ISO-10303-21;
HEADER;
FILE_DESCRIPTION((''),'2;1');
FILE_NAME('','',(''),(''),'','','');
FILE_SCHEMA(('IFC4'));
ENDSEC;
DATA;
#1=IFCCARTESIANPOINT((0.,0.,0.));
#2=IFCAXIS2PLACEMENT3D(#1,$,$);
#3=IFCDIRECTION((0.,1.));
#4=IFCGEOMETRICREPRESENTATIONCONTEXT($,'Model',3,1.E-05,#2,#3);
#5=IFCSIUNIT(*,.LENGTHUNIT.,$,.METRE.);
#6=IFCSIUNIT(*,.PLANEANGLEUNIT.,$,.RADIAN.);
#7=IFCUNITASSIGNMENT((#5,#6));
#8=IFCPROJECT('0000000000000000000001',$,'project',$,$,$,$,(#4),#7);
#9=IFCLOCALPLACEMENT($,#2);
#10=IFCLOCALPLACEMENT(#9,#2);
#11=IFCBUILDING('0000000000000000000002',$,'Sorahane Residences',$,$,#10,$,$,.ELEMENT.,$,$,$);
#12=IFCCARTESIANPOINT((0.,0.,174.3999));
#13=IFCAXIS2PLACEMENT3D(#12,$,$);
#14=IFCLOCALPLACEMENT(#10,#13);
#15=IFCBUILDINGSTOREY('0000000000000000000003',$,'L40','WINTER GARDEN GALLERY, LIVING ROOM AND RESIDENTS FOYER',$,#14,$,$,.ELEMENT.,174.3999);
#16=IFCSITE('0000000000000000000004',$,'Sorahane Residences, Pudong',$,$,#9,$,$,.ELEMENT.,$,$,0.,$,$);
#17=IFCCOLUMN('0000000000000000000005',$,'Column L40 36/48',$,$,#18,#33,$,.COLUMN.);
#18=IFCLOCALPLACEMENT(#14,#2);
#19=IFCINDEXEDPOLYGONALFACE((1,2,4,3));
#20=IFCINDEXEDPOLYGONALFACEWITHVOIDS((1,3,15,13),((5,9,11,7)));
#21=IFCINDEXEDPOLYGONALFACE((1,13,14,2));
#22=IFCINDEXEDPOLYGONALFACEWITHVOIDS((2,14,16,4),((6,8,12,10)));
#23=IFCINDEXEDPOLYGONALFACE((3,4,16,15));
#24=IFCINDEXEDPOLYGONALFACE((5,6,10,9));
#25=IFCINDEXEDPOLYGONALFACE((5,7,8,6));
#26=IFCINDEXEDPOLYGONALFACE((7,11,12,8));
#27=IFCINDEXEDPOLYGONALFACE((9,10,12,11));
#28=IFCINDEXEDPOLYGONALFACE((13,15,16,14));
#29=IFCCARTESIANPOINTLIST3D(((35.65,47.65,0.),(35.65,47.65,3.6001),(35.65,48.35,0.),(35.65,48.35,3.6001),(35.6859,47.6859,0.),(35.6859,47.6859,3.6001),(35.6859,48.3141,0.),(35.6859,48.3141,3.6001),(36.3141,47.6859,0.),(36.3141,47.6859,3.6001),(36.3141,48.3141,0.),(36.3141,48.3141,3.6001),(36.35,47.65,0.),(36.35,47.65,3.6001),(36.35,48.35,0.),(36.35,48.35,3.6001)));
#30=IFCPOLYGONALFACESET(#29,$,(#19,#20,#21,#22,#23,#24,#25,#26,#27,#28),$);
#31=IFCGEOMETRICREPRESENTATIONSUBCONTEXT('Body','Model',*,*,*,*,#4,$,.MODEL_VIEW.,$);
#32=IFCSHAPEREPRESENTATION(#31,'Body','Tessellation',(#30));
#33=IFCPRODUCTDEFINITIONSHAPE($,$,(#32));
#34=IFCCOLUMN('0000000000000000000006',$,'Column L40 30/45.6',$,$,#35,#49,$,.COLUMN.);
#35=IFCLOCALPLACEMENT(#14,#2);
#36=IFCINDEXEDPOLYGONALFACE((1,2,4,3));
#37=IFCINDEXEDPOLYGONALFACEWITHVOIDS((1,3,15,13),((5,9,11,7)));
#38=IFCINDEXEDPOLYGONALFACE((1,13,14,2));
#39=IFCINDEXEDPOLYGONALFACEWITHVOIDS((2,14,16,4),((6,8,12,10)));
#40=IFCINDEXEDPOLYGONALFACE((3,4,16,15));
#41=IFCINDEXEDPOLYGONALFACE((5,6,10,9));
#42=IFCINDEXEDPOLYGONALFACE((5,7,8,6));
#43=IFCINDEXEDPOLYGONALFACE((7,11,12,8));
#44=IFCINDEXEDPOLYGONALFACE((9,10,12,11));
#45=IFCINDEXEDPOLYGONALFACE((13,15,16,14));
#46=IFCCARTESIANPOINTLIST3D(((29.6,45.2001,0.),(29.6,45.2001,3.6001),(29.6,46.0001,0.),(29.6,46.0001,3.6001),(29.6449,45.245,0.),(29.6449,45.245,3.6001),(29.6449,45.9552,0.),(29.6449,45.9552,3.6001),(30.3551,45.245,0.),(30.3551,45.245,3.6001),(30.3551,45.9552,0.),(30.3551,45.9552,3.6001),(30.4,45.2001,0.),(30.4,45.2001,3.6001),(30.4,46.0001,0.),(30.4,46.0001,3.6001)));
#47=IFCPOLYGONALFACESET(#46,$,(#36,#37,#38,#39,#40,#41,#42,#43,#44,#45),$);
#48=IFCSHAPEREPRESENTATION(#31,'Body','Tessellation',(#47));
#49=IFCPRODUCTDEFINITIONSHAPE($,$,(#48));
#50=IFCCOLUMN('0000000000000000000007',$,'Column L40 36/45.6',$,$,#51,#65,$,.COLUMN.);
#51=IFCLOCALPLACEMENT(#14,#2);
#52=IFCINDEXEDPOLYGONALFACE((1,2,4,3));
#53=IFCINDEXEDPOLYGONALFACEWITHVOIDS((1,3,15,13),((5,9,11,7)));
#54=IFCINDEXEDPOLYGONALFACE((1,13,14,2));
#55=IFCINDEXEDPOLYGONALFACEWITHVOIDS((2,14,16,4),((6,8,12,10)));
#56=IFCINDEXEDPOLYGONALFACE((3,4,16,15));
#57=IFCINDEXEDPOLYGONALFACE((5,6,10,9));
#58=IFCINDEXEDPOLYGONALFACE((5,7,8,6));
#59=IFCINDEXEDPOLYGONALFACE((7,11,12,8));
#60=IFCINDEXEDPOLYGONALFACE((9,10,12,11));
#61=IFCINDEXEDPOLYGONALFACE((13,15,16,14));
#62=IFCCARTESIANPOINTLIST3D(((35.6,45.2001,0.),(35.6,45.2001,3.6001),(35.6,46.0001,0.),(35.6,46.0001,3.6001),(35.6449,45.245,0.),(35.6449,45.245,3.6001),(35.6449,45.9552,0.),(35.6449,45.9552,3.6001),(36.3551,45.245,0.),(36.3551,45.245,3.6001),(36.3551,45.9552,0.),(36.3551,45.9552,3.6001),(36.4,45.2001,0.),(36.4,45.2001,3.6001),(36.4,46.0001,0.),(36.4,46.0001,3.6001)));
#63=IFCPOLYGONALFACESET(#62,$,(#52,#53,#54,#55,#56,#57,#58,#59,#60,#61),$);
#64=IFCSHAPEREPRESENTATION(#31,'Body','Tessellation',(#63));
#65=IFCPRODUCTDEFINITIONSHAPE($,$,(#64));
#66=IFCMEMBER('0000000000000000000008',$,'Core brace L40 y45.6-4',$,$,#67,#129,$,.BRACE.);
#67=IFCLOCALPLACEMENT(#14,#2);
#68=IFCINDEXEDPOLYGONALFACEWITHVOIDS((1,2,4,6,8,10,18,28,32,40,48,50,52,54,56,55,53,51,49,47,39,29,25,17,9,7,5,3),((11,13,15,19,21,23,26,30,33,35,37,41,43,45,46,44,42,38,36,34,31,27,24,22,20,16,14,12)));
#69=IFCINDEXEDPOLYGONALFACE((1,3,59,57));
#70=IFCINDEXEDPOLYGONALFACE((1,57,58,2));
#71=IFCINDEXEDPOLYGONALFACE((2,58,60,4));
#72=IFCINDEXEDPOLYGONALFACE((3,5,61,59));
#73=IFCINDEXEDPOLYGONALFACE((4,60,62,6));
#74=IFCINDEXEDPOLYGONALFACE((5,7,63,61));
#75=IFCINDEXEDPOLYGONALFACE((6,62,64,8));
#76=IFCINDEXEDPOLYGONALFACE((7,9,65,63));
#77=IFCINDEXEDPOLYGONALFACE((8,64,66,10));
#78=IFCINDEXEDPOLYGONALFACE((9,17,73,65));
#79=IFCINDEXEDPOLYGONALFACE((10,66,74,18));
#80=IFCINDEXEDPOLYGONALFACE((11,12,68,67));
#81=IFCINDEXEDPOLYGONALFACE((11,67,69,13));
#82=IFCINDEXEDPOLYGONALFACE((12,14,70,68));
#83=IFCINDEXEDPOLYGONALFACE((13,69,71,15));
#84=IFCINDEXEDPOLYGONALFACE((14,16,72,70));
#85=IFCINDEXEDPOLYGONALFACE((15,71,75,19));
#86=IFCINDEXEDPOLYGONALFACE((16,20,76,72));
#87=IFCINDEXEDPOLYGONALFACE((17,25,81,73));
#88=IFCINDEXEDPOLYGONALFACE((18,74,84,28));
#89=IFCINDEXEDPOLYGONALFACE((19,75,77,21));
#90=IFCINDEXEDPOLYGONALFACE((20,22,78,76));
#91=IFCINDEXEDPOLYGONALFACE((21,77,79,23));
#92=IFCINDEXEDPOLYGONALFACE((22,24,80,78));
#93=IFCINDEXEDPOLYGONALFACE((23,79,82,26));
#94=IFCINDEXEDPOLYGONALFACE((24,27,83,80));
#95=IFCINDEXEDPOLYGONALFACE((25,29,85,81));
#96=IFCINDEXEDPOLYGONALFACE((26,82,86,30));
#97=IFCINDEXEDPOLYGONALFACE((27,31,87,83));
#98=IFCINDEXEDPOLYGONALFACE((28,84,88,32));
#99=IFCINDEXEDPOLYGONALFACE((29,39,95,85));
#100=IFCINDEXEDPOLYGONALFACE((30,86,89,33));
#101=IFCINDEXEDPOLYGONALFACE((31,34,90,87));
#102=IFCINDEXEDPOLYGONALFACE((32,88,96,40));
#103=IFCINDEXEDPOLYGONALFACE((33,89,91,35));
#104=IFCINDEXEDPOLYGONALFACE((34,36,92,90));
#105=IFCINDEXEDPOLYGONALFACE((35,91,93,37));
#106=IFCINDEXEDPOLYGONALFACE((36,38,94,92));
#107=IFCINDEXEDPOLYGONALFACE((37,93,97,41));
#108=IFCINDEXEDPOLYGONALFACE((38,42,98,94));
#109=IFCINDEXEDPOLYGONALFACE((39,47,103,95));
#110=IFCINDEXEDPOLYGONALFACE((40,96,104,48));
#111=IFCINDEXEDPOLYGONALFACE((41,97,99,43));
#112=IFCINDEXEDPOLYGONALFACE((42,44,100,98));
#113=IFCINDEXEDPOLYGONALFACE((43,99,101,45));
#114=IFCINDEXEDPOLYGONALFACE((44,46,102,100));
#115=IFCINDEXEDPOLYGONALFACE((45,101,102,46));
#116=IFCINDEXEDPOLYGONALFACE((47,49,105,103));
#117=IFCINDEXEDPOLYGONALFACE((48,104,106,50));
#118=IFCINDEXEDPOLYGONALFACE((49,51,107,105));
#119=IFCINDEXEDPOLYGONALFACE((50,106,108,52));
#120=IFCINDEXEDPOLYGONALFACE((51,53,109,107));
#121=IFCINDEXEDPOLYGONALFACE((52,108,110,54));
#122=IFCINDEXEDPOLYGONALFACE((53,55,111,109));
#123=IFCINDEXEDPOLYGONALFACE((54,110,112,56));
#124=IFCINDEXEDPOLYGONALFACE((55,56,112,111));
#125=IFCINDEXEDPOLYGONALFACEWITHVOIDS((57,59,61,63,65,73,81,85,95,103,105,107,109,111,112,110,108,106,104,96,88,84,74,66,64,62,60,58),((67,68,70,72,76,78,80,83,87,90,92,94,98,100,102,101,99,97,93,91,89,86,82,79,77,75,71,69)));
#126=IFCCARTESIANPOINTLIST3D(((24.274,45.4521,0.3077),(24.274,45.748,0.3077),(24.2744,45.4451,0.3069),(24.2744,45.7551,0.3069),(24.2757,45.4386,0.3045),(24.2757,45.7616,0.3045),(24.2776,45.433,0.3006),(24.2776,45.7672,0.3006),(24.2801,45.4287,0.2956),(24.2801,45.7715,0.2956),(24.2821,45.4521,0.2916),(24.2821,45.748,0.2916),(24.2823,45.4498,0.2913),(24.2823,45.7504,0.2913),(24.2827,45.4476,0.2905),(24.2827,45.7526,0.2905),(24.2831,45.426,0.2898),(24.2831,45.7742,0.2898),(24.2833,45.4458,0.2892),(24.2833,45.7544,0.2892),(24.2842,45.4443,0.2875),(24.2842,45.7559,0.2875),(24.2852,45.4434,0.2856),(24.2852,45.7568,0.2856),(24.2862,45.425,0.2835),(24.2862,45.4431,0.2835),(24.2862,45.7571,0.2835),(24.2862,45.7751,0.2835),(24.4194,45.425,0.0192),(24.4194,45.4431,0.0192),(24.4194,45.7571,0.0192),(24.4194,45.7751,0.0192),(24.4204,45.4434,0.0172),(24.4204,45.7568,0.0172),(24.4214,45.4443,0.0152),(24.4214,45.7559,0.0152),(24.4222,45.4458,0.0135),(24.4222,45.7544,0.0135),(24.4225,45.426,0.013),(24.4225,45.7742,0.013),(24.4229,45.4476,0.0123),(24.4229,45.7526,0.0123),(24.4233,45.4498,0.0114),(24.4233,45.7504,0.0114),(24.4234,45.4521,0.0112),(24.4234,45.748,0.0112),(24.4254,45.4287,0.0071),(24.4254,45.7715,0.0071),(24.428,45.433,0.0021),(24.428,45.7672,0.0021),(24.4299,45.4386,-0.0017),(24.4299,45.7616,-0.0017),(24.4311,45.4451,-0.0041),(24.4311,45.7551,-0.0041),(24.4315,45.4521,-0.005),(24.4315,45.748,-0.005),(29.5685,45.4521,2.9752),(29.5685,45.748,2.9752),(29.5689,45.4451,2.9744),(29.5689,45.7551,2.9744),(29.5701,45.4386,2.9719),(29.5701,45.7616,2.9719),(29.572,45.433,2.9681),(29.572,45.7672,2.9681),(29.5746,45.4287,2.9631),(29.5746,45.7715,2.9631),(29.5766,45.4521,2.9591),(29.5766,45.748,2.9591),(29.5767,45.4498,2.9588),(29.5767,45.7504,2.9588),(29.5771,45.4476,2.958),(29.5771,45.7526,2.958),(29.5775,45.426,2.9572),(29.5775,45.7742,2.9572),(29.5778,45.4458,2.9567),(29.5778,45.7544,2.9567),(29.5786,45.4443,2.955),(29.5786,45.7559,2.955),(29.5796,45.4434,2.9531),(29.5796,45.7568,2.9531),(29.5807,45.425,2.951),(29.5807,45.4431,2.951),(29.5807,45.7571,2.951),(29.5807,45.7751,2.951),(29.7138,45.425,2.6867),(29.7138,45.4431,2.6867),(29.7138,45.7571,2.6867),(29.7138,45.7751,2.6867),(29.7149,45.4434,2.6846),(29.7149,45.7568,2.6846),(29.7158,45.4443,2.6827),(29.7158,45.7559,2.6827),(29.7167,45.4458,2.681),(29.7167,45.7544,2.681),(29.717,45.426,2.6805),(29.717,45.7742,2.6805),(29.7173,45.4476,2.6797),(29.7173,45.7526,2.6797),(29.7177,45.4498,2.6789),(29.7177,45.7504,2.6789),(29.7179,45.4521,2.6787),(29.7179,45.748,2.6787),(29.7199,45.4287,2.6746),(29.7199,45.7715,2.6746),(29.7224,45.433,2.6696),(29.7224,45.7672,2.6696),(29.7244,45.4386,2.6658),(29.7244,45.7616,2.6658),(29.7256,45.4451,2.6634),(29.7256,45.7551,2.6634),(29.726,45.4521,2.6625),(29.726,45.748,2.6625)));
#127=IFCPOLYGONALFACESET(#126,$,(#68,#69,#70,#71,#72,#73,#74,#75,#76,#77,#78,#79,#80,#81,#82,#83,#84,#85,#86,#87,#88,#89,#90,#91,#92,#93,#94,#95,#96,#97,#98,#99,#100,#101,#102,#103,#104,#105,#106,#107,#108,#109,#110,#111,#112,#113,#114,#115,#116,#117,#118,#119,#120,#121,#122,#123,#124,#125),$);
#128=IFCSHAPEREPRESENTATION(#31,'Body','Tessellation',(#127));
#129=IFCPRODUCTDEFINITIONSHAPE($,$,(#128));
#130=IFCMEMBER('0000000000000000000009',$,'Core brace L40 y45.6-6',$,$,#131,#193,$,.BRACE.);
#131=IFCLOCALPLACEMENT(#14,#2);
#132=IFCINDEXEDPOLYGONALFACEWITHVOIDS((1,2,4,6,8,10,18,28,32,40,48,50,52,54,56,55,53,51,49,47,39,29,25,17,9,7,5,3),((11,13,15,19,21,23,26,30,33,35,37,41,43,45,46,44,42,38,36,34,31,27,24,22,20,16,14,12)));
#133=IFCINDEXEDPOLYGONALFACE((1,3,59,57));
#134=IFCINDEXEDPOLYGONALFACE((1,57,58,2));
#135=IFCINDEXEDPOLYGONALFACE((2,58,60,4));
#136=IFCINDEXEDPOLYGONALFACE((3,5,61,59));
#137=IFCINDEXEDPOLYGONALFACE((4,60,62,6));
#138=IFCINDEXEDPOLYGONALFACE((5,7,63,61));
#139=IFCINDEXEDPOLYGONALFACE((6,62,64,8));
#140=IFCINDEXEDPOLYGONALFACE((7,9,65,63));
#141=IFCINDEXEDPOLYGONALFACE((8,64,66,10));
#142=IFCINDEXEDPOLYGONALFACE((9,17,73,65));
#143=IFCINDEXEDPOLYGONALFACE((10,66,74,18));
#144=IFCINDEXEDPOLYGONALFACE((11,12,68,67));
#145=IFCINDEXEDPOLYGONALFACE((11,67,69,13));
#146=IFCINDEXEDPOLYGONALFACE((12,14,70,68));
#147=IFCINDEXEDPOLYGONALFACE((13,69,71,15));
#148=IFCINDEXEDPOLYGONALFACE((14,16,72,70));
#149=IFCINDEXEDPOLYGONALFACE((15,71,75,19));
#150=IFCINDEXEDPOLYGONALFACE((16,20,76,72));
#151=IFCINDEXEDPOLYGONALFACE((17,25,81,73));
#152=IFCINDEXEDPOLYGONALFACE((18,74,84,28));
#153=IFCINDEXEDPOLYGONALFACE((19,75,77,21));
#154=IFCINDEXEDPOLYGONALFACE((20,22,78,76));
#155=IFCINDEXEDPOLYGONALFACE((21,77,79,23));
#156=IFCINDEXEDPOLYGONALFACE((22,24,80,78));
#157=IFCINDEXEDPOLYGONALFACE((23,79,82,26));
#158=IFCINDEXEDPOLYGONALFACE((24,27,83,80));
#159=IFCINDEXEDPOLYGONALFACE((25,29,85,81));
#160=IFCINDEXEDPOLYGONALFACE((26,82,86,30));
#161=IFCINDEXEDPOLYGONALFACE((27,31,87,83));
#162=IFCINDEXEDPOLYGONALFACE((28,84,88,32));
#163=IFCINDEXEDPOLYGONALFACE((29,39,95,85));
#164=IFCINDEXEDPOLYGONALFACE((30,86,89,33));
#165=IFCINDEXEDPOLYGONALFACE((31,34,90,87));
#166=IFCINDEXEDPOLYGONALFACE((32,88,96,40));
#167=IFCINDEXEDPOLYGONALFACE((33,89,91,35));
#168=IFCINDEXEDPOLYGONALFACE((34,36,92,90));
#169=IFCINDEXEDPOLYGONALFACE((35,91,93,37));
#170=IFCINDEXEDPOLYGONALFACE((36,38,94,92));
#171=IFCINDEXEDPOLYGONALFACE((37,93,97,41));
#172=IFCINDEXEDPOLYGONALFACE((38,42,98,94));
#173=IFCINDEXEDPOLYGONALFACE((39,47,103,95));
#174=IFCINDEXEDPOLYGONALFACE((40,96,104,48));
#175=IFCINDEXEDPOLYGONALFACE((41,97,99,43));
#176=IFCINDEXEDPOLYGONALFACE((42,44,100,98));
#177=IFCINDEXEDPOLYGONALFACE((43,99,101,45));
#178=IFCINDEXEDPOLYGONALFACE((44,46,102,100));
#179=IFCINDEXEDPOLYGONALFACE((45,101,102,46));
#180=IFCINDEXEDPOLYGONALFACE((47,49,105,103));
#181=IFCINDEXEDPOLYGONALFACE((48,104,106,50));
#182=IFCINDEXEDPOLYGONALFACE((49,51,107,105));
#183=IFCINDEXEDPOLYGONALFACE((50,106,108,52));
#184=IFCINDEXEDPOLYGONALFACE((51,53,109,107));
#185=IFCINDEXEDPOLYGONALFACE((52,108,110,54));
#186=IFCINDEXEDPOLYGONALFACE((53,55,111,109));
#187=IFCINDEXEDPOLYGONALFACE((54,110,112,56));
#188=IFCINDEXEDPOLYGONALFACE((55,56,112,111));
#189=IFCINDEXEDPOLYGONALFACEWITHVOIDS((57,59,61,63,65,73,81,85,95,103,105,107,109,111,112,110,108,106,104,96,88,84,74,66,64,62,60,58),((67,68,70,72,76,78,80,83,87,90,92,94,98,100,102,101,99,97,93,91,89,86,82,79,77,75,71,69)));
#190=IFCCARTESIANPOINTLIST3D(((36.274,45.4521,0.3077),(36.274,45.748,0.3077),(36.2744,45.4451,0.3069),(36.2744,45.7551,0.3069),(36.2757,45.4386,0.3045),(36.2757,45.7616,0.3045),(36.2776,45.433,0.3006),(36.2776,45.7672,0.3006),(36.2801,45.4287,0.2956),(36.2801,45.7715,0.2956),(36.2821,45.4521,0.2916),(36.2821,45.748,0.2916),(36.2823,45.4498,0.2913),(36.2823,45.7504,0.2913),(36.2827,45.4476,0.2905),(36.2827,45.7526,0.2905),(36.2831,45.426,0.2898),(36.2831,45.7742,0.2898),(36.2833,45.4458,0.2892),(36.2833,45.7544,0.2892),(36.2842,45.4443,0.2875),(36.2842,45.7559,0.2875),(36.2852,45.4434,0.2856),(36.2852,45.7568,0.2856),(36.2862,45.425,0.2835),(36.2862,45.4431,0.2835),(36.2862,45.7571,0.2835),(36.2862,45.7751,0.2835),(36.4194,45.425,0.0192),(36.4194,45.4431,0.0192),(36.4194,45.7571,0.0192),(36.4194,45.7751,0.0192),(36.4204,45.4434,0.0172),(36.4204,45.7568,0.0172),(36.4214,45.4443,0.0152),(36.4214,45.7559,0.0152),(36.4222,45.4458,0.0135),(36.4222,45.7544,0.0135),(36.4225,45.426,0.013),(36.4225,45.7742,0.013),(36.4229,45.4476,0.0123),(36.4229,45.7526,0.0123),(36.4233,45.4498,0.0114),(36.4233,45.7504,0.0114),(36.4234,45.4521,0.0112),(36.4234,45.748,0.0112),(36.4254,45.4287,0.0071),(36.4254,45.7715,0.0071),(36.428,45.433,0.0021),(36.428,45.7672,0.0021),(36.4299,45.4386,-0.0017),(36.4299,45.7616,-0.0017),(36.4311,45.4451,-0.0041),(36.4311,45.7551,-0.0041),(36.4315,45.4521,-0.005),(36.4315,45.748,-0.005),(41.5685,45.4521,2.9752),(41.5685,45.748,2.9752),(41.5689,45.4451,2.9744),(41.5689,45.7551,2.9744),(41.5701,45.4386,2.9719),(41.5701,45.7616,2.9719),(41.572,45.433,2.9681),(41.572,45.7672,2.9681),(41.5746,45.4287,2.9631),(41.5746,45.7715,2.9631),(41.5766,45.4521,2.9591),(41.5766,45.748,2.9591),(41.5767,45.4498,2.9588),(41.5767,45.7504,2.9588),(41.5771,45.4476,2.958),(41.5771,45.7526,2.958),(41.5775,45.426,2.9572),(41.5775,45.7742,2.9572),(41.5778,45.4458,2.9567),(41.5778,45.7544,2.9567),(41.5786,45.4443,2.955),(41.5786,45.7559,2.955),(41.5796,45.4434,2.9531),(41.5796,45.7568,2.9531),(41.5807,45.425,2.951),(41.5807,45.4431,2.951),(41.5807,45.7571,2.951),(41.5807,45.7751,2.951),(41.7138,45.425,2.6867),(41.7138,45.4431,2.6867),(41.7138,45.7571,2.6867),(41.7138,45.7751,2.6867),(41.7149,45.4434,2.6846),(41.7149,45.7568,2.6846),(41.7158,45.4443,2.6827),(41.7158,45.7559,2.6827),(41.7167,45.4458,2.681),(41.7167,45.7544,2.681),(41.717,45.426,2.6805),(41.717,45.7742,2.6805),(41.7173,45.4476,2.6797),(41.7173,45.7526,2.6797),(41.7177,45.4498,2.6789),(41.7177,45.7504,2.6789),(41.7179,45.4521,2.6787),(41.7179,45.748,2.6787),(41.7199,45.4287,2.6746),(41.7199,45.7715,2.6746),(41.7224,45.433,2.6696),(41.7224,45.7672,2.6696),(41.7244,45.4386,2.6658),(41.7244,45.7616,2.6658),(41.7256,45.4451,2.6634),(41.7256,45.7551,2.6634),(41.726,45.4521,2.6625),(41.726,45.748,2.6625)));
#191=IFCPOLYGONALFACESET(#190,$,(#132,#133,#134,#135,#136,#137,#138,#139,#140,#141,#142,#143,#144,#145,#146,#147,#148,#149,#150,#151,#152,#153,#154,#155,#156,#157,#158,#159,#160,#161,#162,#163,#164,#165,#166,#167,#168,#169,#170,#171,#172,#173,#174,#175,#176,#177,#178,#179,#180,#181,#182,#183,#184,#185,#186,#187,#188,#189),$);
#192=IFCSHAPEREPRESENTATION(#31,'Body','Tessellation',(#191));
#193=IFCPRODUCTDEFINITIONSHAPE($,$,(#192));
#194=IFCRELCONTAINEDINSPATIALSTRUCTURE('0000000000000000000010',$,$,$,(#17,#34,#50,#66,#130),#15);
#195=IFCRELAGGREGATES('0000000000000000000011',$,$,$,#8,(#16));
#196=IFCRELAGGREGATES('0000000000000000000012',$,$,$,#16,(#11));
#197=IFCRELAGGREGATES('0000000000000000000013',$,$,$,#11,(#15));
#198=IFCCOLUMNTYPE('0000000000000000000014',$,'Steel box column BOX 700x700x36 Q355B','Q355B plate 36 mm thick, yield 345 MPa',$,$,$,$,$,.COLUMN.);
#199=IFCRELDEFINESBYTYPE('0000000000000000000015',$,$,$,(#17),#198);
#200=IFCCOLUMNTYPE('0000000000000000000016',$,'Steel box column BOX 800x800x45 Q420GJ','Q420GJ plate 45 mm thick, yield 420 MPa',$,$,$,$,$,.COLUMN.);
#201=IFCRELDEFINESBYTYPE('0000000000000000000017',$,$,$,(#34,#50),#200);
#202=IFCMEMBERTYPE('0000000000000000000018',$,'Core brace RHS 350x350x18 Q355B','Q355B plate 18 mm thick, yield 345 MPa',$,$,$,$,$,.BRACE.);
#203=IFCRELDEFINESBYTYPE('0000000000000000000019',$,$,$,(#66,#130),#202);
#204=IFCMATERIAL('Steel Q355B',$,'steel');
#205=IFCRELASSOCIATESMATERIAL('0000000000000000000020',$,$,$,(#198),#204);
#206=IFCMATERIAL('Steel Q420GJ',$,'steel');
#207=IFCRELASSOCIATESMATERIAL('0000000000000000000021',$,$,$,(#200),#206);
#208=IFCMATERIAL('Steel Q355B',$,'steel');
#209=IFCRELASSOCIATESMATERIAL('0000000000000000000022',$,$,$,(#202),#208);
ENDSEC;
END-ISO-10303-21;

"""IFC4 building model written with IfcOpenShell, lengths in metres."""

from ifc_helpers import new_model, si_unit, direction, frame, origin, origin_2d, place, context, subcontext, project, spatial, hollow_rectangle, extrude, material, material_profile, profile_set, type_object, element, save


model = new_model("IFC4")

# Units and contexts
model_context = context("Model", 3, precision=1e-05, world=origin(), true_north=direction((0.0, 1.0)))
body_context = subcontext(model_context, "Body", "Model", "MODEL_VIEW")
ifc_project = project(units=[si_unit("LENGTHUNIT", "METRE"), si_unit("PLANEANGLEUNIT", "RADIAN")], contexts=[model_context])

# Site, building, storey
site_placement = place(None, origin())
site = spatial("IfcSite", under=ifc_project, at=site_placement, Name="Sorahane Residences, Pudong", CompositionType="ELEMENT", RefElevation=0.0)
building_placement = place(site_placement, origin())
building = spatial("IfcBuilding", under=site, at=building_placement, Name="Sorahane Residences", CompositionType="ELEMENT")
storey_placement = place(building_placement, frame((0.0, 0.0, 174.3999)))
storey = spatial("IfcBuildingStorey", under=building, at=storey_placement, Name="L40", Description="WINTER GARDEN GALLERY, LIVING ROOM AND RESIDENTS FOYER", CompositionType="ELEMENT", Elevation=174.3999)

# Columns
ifc_material_1 = material(Name="Steel Q355B", Category="steel")
ifc_material_profile_1 = material_profile(ifc_material_1, hollow_rectangle(XDim=0.7, YDim=0.7, WallThickness=0.0359, at=origin_2d()), Name="BOX 700x700x36")
ifc_profile_set_1 = profile_set([ifc_material_profile_1], Name="Steel Q355B")
column_type_1 = type_object("IfcColumnType", Name="Steel box column BOX 700x700x36 Q355B", Description="Q355B plate 36 mm thick, yield 345 MPa", PredefinedType="COLUMN", material=ifc_profile_set_1)
column_placement = place(storey_placement, frame((36.0, 48.0, 0.0), z_axis=(0.0, 0.0, 1.0), x_axis=(1.0, 0.0, 0.0)))
element("IfcColumn", 1, at=column_placement, inside=storey, type_object=column_type_1, Name="Column L40 36/48", PredefinedType="COLUMN", context=body_context, shape_type="SweptSolid", body=[
    extrude(hollow_rectangle(XDim=0.7, YDim=0.7, WallThickness=0.0359, at=origin_2d()), origin(), (0.0, 0.0, 1.0), 3.6001),
])
ifc_material_2 = material(Name="Steel Q420GJ", Category="steel")
ifc_material_profile_2 = material_profile(ifc_material_2, hollow_rectangle(XDim=0.8, YDim=0.8, WallThickness=0.0449, at=origin_2d()), Name="BOX 800x800x45")
ifc_profile_set_2 = profile_set([ifc_material_profile_2], Name="Steel Q420GJ")
column_type_2 = type_object("IfcColumnType", Name="Steel box column BOX 800x800x45 Q420GJ", Description="Q420GJ plate 45 mm thick, yield 420 MPa", PredefinedType="COLUMN", material=ifc_profile_set_2)
for number, where, z_axis, x_axis, name in (
    (2, (30.0, 45.6001, 0.0), (0.0, 0.0, 1.0), (1.0, 0.0, 0.0), "Column L40 30/45.6"),
    (3, (36.0, 45.6001, 0.0), (0.0, 0.0, 1.0), (1.0, 0.0, 0.0), "Column L40 36/45.6"),
):
    element("IfcColumn", number, at=place(storey_placement, frame(where, z_axis=z_axis, x_axis=x_axis)), inside=storey, type_object=column_type_2, Name=name, PredefinedType="COLUMN", context=body_context, shape_type="SweptSolid", body=[
        extrude(hollow_rectangle(XDim=0.8, YDim=0.8, WallThickness=0.0449, at=origin_2d()), origin(), (0.0, 0.0, 1.0), 3.6001),
    ])

# Members
ifc_material_3 = material(Name="Steel Q355B", Category="steel")
ifc_material_profile_3 = material_profile(ifc_material_3, hollow_rectangle(XDim=0.3501, YDim=0.3501, WallThickness=0.0181, InnerFilletRadius=0.009, OuterFilletRadius=0.0271, at=origin_2d()), Name="RHS 350x350x18")
ifc_profile_set_3 = profile_set([ifc_material_profile_3], Name="Steel Q355B")
member_type_1 = type_object("IfcMemberType", Name="Core brace RHS 350x350x18 Q355B", Description="Q355B plate 18 mm thick, yield 345 MPa", PredefinedType="BRACE", material=ifc_profile_set_3)
for number, where, z_axis, x_axis, name in (
    (4, (24.3528, 45.6001, 0.1514), (0.893056, 0.0, 0.449946), (0.0, 1.0, 0.0), "Core brace L40 y45.6-4"),
    (5, (36.3528, 45.6001, 0.1514), (0.893056, 0.0, 0.449946), (0.0, 1.0, 0.0), "Core brace L40 y45.6-6"),
):
    element("IfcMember", number, at=place(storey_placement, frame(where, z_axis=z_axis, x_axis=x_axis)), inside=storey, type_object=member_type_1, Name=name, PredefinedType="BRACE", context=body_context, shape_type="SweptSolid", body=[
        extrude(hollow_rectangle(XDim=0.3501, YDim=0.3501, WallThickness=0.0181, InnerFilletRadius=0.009, OuterFilletRadius=0.0271, at=origin_2d()), origin(), (0.0, 0.0, 1.0), 5.9285),
    ])

save(model, "model.ifc")
